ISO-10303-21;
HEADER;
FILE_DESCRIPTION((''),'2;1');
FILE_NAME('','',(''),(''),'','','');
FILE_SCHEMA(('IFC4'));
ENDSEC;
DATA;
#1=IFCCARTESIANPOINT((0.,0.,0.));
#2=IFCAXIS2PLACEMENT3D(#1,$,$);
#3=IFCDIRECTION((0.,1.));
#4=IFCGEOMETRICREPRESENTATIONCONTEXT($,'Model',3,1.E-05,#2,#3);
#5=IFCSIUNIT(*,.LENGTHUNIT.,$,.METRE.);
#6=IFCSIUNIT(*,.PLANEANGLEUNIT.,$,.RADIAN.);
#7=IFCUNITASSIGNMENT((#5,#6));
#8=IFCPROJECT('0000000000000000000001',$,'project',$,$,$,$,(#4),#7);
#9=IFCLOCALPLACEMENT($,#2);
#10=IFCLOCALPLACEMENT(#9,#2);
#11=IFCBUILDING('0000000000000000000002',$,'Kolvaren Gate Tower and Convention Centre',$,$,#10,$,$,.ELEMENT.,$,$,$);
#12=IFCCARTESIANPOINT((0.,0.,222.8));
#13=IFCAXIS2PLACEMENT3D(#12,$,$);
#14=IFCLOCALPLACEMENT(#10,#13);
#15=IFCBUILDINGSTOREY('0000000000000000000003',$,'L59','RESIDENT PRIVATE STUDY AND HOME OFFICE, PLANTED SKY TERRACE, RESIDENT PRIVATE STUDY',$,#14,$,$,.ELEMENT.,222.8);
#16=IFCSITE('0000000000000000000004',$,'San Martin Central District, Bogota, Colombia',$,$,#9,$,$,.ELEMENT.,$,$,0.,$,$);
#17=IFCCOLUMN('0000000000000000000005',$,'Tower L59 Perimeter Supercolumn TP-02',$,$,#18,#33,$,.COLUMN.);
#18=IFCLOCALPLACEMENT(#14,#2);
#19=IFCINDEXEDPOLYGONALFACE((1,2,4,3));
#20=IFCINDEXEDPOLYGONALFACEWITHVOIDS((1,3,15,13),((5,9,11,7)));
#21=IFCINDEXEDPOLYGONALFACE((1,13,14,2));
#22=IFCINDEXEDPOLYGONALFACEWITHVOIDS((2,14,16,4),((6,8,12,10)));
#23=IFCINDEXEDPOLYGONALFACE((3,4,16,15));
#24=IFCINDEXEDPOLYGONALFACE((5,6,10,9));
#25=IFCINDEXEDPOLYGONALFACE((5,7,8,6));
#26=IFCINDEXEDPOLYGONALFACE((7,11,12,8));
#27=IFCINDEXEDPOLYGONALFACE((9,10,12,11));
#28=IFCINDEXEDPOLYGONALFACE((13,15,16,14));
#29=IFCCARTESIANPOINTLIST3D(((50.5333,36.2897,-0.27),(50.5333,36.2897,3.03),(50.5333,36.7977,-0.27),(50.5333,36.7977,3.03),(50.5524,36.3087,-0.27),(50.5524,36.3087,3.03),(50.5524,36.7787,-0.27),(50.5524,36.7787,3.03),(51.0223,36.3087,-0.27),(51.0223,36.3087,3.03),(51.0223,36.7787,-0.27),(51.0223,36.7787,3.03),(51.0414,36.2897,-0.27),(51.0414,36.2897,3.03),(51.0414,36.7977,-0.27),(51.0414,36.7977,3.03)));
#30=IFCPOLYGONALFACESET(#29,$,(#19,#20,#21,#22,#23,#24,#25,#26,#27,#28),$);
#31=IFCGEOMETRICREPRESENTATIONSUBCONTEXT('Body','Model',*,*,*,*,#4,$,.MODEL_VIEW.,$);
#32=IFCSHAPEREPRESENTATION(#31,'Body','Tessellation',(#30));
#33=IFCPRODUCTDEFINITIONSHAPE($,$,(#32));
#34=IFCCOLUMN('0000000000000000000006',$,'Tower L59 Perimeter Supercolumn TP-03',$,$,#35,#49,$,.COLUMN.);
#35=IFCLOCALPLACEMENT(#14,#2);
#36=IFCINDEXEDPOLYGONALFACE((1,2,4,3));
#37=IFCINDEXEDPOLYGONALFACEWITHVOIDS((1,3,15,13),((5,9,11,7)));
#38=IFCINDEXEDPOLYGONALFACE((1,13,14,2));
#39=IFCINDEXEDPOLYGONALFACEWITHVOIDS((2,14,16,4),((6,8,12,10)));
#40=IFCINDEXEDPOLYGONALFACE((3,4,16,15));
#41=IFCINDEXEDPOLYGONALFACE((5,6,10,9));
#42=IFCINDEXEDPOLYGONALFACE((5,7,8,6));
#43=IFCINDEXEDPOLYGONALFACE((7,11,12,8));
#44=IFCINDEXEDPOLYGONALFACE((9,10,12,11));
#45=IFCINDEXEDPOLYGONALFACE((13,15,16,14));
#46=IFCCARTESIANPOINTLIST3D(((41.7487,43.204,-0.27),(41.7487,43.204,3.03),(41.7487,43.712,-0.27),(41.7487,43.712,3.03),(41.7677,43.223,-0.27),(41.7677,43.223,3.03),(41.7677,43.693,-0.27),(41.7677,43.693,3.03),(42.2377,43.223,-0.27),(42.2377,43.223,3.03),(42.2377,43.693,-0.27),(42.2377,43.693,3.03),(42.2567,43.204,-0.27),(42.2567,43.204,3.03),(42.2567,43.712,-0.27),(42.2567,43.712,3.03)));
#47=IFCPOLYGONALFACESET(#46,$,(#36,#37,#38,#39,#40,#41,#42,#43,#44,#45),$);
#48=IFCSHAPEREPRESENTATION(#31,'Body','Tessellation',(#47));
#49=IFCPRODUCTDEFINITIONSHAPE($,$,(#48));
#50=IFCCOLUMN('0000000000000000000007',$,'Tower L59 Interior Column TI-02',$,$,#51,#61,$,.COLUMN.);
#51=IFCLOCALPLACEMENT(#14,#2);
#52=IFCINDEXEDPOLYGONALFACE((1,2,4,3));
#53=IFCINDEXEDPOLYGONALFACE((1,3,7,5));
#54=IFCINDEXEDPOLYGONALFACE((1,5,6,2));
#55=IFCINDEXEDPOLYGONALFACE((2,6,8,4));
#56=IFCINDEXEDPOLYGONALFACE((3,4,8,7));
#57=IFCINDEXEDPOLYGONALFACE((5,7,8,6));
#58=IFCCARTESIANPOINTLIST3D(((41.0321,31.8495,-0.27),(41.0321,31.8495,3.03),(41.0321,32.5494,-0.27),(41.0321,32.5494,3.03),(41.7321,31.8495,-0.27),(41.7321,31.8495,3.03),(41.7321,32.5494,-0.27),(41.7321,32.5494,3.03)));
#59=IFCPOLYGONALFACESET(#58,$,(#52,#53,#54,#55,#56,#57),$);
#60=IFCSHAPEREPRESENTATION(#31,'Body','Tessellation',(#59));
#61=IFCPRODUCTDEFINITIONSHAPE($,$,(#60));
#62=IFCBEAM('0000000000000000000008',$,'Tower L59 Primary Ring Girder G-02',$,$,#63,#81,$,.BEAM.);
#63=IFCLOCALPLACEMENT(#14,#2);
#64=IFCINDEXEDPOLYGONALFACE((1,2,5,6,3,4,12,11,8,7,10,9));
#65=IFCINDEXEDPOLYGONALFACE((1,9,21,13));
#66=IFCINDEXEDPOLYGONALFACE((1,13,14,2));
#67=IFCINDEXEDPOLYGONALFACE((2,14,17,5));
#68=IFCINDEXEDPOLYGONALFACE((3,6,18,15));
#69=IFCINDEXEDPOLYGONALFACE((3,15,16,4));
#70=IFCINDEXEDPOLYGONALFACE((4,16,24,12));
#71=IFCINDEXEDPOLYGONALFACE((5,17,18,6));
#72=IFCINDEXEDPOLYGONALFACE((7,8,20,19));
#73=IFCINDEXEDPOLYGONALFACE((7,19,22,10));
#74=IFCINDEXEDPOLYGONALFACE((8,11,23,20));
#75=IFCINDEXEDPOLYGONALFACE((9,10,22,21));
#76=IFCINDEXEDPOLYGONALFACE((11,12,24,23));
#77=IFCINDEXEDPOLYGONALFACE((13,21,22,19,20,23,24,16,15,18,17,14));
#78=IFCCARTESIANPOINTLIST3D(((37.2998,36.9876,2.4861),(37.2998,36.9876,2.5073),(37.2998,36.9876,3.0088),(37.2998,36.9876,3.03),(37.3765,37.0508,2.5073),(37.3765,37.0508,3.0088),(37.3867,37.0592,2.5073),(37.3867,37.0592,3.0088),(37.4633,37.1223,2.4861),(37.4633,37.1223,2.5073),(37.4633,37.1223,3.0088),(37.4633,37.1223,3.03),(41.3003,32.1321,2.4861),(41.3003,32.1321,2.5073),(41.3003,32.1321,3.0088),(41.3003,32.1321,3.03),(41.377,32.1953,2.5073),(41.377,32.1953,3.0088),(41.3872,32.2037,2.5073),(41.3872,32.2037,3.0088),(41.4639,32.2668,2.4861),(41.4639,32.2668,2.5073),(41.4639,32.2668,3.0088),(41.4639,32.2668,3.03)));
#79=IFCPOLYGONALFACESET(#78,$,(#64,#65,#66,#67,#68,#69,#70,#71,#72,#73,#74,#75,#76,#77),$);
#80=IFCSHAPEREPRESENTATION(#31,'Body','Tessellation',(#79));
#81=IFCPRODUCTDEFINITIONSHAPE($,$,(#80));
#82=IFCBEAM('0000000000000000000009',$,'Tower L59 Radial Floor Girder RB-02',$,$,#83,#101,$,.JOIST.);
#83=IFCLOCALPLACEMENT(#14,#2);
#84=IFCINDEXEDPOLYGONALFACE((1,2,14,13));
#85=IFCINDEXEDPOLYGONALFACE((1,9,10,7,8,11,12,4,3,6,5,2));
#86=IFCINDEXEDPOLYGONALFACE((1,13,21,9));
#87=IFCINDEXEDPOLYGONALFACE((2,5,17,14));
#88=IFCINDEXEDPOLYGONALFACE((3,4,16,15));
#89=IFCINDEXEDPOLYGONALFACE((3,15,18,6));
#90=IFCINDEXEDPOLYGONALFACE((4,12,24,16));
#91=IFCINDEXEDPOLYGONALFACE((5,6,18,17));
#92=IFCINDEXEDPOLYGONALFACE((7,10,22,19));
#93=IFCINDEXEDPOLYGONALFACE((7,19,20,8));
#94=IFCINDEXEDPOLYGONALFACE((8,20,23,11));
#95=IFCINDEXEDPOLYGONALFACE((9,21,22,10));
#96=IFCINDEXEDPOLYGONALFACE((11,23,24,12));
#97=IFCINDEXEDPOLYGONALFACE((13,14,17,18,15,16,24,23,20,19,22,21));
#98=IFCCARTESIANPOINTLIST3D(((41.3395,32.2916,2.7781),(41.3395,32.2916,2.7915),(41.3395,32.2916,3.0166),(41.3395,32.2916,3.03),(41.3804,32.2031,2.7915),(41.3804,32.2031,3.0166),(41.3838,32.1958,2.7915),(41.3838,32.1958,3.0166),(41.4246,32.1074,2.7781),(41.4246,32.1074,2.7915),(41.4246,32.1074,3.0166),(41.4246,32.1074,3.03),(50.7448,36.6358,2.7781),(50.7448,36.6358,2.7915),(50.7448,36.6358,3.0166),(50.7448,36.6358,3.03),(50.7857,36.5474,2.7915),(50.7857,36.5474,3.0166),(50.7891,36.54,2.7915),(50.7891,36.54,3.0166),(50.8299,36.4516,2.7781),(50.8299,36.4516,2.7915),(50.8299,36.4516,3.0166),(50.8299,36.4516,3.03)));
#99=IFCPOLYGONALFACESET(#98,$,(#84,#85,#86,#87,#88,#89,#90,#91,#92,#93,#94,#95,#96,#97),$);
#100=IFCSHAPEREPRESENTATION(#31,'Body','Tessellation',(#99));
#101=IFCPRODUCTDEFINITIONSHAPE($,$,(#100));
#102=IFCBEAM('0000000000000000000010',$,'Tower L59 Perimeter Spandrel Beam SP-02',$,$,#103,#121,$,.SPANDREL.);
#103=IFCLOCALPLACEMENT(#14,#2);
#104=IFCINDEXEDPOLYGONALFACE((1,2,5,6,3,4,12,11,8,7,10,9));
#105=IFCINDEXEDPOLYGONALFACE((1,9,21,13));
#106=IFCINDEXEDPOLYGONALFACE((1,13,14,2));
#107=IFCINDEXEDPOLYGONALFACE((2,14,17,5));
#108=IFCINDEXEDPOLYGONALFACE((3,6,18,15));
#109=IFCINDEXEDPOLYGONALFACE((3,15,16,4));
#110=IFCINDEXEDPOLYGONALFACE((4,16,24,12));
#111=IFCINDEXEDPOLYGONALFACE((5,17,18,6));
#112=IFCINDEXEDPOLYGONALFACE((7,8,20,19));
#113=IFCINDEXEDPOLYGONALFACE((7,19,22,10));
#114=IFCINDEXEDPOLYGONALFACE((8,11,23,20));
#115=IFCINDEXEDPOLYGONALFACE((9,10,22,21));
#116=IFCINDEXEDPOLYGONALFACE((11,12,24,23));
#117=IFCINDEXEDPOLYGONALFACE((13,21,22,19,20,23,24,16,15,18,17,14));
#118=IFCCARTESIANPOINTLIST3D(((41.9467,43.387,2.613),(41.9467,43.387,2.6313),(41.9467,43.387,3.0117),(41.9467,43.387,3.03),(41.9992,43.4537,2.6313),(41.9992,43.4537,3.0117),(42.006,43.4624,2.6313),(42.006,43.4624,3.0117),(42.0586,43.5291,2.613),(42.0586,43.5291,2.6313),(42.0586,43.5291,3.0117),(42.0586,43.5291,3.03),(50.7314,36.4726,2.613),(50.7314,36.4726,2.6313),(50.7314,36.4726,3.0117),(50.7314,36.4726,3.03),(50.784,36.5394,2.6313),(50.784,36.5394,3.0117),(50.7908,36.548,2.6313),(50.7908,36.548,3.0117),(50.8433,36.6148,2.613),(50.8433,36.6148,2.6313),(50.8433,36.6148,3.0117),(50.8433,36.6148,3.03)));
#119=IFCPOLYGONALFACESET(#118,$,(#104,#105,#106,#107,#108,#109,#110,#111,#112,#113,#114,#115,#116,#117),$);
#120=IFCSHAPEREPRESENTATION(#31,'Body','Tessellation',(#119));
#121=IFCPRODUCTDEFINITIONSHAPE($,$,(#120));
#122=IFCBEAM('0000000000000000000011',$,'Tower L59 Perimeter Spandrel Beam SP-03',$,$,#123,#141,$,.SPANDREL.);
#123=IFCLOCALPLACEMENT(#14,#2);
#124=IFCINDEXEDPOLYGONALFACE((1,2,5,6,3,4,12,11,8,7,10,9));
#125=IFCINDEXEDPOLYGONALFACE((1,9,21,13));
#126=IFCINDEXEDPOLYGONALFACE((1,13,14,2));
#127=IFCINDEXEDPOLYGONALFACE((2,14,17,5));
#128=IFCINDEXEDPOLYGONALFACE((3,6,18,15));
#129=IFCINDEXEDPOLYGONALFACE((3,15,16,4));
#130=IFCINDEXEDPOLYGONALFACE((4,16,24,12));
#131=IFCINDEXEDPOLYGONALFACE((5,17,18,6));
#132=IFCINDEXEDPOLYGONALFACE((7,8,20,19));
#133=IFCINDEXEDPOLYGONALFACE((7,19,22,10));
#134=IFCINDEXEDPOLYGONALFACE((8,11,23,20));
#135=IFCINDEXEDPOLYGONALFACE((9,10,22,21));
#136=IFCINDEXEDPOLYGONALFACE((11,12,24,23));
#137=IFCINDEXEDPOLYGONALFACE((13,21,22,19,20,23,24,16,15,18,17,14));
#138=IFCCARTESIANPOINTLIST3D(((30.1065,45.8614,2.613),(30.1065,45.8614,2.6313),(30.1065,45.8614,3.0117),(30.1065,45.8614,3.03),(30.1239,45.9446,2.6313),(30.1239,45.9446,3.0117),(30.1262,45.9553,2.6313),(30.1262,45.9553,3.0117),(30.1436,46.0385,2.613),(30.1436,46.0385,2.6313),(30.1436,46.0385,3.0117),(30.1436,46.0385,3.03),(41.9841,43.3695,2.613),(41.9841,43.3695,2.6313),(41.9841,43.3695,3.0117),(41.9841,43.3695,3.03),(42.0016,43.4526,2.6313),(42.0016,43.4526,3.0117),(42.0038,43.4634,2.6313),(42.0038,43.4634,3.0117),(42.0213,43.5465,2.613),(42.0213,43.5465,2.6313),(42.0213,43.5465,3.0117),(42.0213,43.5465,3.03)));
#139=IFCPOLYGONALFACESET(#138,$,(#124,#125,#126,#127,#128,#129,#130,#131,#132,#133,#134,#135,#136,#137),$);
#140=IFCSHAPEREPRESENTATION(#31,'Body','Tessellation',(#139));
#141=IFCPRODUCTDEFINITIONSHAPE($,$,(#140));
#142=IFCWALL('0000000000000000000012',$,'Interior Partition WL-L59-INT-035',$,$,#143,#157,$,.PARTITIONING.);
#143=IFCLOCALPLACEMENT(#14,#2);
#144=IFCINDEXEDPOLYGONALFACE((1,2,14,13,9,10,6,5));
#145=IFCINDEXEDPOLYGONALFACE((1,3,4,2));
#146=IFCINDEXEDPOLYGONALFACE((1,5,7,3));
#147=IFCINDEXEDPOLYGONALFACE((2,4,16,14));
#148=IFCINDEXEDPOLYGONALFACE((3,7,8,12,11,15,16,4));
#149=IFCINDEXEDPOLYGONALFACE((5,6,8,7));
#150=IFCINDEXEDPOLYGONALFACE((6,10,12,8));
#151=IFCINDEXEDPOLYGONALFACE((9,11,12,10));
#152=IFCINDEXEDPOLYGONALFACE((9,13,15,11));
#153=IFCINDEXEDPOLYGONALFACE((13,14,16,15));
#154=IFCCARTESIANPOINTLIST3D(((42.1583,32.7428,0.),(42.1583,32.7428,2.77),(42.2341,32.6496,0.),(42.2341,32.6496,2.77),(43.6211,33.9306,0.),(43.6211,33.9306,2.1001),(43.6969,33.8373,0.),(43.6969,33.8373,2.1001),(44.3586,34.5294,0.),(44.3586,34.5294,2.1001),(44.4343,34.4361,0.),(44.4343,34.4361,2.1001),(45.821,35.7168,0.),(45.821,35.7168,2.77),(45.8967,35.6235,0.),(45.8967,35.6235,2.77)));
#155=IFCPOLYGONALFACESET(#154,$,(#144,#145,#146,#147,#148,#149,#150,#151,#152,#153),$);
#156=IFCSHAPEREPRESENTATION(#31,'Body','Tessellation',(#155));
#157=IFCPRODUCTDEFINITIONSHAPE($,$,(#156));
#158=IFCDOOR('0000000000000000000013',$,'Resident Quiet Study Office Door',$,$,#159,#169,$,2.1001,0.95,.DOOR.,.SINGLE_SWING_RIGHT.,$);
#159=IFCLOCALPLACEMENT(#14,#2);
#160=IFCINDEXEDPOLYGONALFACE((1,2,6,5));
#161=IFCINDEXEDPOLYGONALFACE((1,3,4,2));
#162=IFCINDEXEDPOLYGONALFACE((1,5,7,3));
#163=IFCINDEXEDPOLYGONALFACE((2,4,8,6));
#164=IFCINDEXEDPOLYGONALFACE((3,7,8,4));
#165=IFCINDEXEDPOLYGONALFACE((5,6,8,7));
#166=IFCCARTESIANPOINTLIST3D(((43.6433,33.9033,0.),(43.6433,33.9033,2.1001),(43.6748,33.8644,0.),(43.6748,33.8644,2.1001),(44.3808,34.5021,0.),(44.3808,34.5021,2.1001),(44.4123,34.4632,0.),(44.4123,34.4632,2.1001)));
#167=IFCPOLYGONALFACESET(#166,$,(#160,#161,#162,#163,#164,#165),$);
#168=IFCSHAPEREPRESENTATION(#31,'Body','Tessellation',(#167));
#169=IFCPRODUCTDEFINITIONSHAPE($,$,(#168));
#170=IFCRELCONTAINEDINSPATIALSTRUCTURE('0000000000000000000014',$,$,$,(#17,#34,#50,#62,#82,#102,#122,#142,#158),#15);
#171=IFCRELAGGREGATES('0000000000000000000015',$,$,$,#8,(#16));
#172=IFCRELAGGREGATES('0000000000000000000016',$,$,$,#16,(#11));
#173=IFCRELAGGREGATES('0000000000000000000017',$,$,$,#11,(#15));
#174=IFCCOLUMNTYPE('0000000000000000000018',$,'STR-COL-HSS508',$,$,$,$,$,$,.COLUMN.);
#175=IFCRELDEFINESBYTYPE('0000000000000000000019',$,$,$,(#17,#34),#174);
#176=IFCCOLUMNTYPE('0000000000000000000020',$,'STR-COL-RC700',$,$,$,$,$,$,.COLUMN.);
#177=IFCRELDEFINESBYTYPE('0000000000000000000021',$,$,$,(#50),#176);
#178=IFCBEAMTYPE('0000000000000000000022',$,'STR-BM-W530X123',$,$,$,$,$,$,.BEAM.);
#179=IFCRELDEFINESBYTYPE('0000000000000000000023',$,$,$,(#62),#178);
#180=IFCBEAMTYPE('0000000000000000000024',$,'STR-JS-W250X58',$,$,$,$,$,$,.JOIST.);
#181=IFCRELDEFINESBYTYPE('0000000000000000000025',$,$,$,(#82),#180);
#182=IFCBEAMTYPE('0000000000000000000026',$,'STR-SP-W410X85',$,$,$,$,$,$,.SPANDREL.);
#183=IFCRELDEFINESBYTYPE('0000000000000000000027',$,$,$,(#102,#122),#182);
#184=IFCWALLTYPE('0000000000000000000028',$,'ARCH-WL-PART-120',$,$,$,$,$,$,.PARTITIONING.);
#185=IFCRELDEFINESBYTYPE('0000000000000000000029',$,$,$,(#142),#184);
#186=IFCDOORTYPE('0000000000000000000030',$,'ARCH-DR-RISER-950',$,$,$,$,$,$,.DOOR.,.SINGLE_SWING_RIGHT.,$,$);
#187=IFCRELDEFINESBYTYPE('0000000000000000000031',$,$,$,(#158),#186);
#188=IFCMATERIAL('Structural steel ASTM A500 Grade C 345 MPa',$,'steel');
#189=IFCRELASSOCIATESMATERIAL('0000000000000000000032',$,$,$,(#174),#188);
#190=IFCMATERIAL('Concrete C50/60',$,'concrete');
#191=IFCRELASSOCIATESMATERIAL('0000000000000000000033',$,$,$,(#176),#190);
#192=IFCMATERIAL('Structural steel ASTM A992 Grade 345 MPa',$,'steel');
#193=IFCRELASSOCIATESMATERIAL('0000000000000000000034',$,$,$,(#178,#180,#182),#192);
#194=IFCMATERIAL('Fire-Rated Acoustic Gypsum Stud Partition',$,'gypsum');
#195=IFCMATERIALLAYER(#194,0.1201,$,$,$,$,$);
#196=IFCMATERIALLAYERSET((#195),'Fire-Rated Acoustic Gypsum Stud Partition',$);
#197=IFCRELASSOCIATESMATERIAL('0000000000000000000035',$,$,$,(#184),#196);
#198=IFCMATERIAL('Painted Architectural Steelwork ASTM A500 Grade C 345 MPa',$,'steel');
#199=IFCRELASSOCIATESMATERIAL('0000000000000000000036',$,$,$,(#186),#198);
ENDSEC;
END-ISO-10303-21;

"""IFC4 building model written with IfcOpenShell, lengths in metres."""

from ifc_helpers import new_model, si_unit, direction, frame, frame_2d, origin, origin_2d, place, context, subcontext, project, spatial, rectangle, hollow_rectangle, i_section, extrude, material, layer, layer_set, material_profile, profile_set, type_object, element, fill, save


model = new_model("IFC4")

# Units and contexts
model_context = context("Model", 3, precision=1e-05, world=origin(), true_north=direction((0.0, 1.0)))
body_context = subcontext(model_context, "Body", "Model", "MODEL_VIEW")
ifc_project = project(units=[si_unit("LENGTHUNIT", "METRE"), si_unit("PLANEANGLEUNIT", "RADIAN")], contexts=[model_context])

# Site, building, storey
site_placement = place(None, origin())
site = spatial("IfcSite", under=ifc_project, at=site_placement, Name="San Martin Central District, Bogota, Colombia", CompositionType="ELEMENT", RefElevation=0.0)
building_placement = place(site_placement, origin())
building = spatial("IfcBuilding", under=site, at=building_placement, Name="Kolvaren Gate Tower and Convention Centre", CompositionType="ELEMENT")
storey_placement = place(building_placement, frame((0.0, 0.0, 222.8)))
storey = spatial("IfcBuildingStorey", under=building, at=storey_placement, Name="L59", Description="RESIDENT PRIVATE STUDY AND HOME OFFICE, PLANTED SKY TERRACE, RESIDENT PRIVATE STUDY", CompositionType="ELEMENT", Elevation=222.8)

# Columns
ifc_material_1 = material(Name="Structural steel ASTM A500 Grade C 345 MPa", Category="steel")
ifc_material_profile_1 = material_profile(ifc_material_1, hollow_rectangle(XDim=0.5081, YDim=0.5081, WallThickness=0.019, at=origin_2d()), Name="HSS508X508X19.1")
ifc_profile_set_1 = profile_set([ifc_material_profile_1], Name="Structural steel ASTM A500 Grade C 345 MPa")
column_type_1 = type_object("IfcColumnType", Name="STR-COL-HSS508", PredefinedType="COLUMN", material=ifc_profile_set_1)
for number, where, z_axis, x_axis, name in (
    (1, (50.7874, 36.5437, -0.27), (0.0, 0.0, 1.0), (1.0, 0.0, 0.0), "Tower L59 Perimeter Supercolumn TP-02"),
    (2, (42.0027, 43.458, -0.27), (0.0, 0.0, 1.0), (1.0, 0.0, 0.0), "Tower L59 Perimeter Supercolumn TP-03"),
):
    element("IfcColumn", number, at=place(storey_placement, frame(where, z_axis=z_axis, x_axis=x_axis)), inside=storey, type_object=column_type_1, Name=name, PredefinedType="COLUMN", context=body_context, shape_type="SweptSolid", body=[
        extrude(hollow_rectangle(XDim=0.5081, YDim=0.5081, WallThickness=0.019, at=origin_2d()), origin(), (0.0, 0.0, 1.0), 3.3),
    ])
ifc_material_2 = material(Name="Concrete C50/60", Category="concrete")
ifc_material_profile_2 = material_profile(ifc_material_2, rectangle(XDim=0.7, YDim=0.7, at=origin_2d()), Name="RC-COL-700X700")
ifc_profile_set_2 = profile_set([ifc_material_profile_2], Name="Concrete C50/60")
column_type_2 = type_object("IfcColumnType", Name="STR-COL-RC700", PredefinedType="COLUMN", material=ifc_profile_set_2)
column_placement = place(storey_placement, frame((41.3821, 32.1995, -0.27), z_axis=(0.0, 0.0, 1.0), x_axis=(1.0, 0.0, 0.0)))
element("IfcColumn", 3, at=column_placement, inside=storey, type_object=column_type_2, Name="Tower L59 Interior Column TI-02", PredefinedType="COLUMN", context=body_context, shape_type="SweptSolid", body=[
    extrude(rectangle(XDim=0.7, YDim=0.7, at=origin_2d()), origin(), (0.0, 0.0, 1.0), 3.3),
])

# Beams
ifc_material_3 = material(Name="Structural steel ASTM A992 Grade 345 MPa", Category="steel")
ifc_material_profile_3 = material_profile(ifc_material_3, i_section(OverallWidth=0.2119, OverallDepth=0.5439, WebThickness=0.0132, FlangeThickness=0.0212, at=origin_2d()), Name="W530X123")
ifc_profile_set_3 = profile_set([ifc_material_profile_3], Name="Structural steel ASTM A992 Grade 345 MPa")
beam_type_1 = type_object("IfcBeamType", Name="STR-BM-W530X123", PredefinedType="BEAM", material=ifc_profile_set_3)
beam_1_placement = place(storey_placement, frame((41.3821, 32.1995, 2.7581), z_axis=(-0.635884, 0.771785, 0.0), x_axis=(-0.771785, -0.635884, 0.0)))
element("IfcBeam", 4, at=beam_1_placement, inside=storey, type_object=beam_type_1, Name="Tower L59 Primary Ring Girder G-02", PredefinedType="BEAM", context=body_context, shape_type="SweptSolid", body=[
    extrude(i_section(OverallWidth=0.2119, OverallDepth=0.5439, WebThickness=0.0132, FlangeThickness=0.0212, at=origin_2d()), origin(), (0.0, 0.0, 1.0), 6.2913),
])
ifc_material_profile_4 = material_profile(ifc_material_3, i_section(OverallWidth=0.2029, OverallDepth=0.252, WebThickness=0.0081, FlangeThickness=0.0134, at=origin_2d()), Name="W250X58")
ifc_profile_set_4 = profile_set([ifc_material_profile_4], Name="Structural steel ASTM A992 Grade 345 MPa")
beam_type_2 = type_object("IfcBeamType", Name="STR-JS-W250X58", PredefinedType="JOIST", material=ifc_profile_set_4)
beam_2_placement = place(storey_placement, frame((41.3821, 32.1995, 2.9041), z_axis=(0.907837, 0.419324, 0.0), x_axis=(-0.419324, 0.907837, 0.0)))
element("IfcBeam", 5, at=beam_2_placement, inside=storey, type_object=beam_type_2, Name="Tower L59 Radial Floor Girder RB-02", PredefinedType="JOIST", context=body_context, shape_type="SweptSolid", body=[
    extrude(i_section(OverallWidth=0.2029, OverallDepth=0.252, WebThickness=0.0081, FlangeThickness=0.0134, at=origin_2d()), origin(), (0.0, 0.0, 1.0), 10.3601),
])
ifc_material_profile_5 = material_profile(ifc_material_3, i_section(OverallWidth=0.1809, OverallDepth=0.417, WebThickness=0.011, FlangeThickness=0.0183, at=origin_2d()), Name="W410X85")
ifc_profile_set_5 = profile_set([ifc_material_profile_5], Name="Structural steel ASTM A992 Grade 345 MPa")
beam_type_3 = type_object("IfcBeamType", Name="STR-SP-W410X85", PredefinedType="SPANDREL", material=ifc_profile_set_5)
beam_3_placement = place(storey_placement, frame((50.7874, 36.5437, 2.8215), z_axis=(-0.785794, 0.618489, 0.0), x_axis=(-0.618489, -0.785794, 0.0)))
element("IfcBeam", 6, at=beam_3_placement, inside=storey, type_object=beam_type_3, Name="Tower L59 Perimeter Spandrel Beam SP-02", PredefinedType="SPANDREL", context=body_context, shape_type="SweptSolid", body=[
    extrude(i_section(OverallWidth=0.1809, OverallDepth=0.417, WebThickness=0.011, FlangeThickness=0.0183, at=origin_2d()), origin(), (0.0, 0.0, 1.0), 11.1794),
])
beam_4_placement = place(storey_placement, frame((42.0027, 43.458, 2.8215), z_axis=(-0.978693, 0.20533, 0.0), x_axis=(-0.20533, -0.978693, 0.0)))
element("IfcBeam", 7, at=beam_4_placement, inside=storey, type_object=beam_type_3, Name="Tower L59 Perimeter Spandrel Beam SP-03", PredefinedType="SPANDREL", context=body_context, shape_type="SweptSolid", body=[
    extrude(i_section(OverallWidth=0.1809, OverallDepth=0.417, WebThickness=0.011, FlangeThickness=0.0183, at=origin_2d()), origin(), (0.0, 0.0, 1.0), 12.1362),
])

# Wall, opening, door
ifc_material_4 = material(Name="Fire-Rated Acoustic Gypsum Stud Partition", Category="gypsum")
ifc_layer_1 = layer(ifc_material_4, 0.1201)
ifc_layer_set_1 = layer_set([ifc_layer_1], Name="Fire-Rated Acoustic Gypsum Stud Partition")
wall_type_1 = type_object("IfcWallType", Name="ARCH-WL-PART-120", PredefinedType="PARTITIONING", material=ifc_layer_set_1)
wall_1_placement = place(storey_placement, frame((42.1963, 32.6963, 0.0), z_axis=(0.0, 0.0, 1.0), x_axis=(0.77632, 0.630339, 0.0)))
wall_1 = element("IfcWall", 8, at=wall_1_placement, inside=storey, type_object=wall_type_1, Name="Interior Partition WL-L59-INT-035", PredefinedType="PARTITIONING", context=body_context, shape_type="SweptSolid", body=[
    extrude(rectangle(XDim=4.718, YDim=0.1201, at=frame_2d((2.3589, 0.0))), origin(), (0.0, 0.0, 1.0), 2.77),
])
opening_1_placement = place(wall_1_placement, frame((1.884, 0.0, 0.0)))
opening_1 = element("IfcOpeningElement", 9, at=opening_1_placement, cuts=wall_1, PredefinedType="OPENING", context=body_context, shape_type="SweptSolid", body=[
    extrude(rectangle(XDim=0.95, YDim=2.1001, at=frame_2d((0.4751, 1.05))), frame((0.0, 0.0701, 0.0), z_axis=(0.0, -1.0, 0.0), x_axis=(1.0, 0.0, 0.0)), (0.0, 0.0, 1.0), 0.1401),
])
ifc_material_5 = material(Name="Painted Architectural Steelwork ASTM A500 Grade C 345 MPa", Category="steel")
door_type = type_object("IfcDoorType", Name="ARCH-DR-RISER-950", OperationType="SINGLE_SWING_RIGHT", PredefinedType="DOOR", material=ifc_material_5)
door_placement = place(opening_1_placement, origin())
door = element("IfcDoor", 10, at=door_placement, inside=storey, type_object=door_type, Name="Resident Quiet Study Office Door", OperationType="SINGLE_SWING_RIGHT", OverallHeight=2.1001, OverallWidth=0.95, PredefinedType="DOOR", context=body_context, shape_type="SweptSolid", body=[
    extrude(rectangle(XDim=0.95, YDim=2.1001, at=frame_2d((0.4751, 1.05))), frame((0.0, 0.0249, 0.0), z_axis=(0.0, -1.0, 0.0), x_axis=(1.0, 0.0, 0.0)), (0.0, 0.0, 1.0), 0.05),
])
fill(opening_1, door)

save(model, "model.ifc")
